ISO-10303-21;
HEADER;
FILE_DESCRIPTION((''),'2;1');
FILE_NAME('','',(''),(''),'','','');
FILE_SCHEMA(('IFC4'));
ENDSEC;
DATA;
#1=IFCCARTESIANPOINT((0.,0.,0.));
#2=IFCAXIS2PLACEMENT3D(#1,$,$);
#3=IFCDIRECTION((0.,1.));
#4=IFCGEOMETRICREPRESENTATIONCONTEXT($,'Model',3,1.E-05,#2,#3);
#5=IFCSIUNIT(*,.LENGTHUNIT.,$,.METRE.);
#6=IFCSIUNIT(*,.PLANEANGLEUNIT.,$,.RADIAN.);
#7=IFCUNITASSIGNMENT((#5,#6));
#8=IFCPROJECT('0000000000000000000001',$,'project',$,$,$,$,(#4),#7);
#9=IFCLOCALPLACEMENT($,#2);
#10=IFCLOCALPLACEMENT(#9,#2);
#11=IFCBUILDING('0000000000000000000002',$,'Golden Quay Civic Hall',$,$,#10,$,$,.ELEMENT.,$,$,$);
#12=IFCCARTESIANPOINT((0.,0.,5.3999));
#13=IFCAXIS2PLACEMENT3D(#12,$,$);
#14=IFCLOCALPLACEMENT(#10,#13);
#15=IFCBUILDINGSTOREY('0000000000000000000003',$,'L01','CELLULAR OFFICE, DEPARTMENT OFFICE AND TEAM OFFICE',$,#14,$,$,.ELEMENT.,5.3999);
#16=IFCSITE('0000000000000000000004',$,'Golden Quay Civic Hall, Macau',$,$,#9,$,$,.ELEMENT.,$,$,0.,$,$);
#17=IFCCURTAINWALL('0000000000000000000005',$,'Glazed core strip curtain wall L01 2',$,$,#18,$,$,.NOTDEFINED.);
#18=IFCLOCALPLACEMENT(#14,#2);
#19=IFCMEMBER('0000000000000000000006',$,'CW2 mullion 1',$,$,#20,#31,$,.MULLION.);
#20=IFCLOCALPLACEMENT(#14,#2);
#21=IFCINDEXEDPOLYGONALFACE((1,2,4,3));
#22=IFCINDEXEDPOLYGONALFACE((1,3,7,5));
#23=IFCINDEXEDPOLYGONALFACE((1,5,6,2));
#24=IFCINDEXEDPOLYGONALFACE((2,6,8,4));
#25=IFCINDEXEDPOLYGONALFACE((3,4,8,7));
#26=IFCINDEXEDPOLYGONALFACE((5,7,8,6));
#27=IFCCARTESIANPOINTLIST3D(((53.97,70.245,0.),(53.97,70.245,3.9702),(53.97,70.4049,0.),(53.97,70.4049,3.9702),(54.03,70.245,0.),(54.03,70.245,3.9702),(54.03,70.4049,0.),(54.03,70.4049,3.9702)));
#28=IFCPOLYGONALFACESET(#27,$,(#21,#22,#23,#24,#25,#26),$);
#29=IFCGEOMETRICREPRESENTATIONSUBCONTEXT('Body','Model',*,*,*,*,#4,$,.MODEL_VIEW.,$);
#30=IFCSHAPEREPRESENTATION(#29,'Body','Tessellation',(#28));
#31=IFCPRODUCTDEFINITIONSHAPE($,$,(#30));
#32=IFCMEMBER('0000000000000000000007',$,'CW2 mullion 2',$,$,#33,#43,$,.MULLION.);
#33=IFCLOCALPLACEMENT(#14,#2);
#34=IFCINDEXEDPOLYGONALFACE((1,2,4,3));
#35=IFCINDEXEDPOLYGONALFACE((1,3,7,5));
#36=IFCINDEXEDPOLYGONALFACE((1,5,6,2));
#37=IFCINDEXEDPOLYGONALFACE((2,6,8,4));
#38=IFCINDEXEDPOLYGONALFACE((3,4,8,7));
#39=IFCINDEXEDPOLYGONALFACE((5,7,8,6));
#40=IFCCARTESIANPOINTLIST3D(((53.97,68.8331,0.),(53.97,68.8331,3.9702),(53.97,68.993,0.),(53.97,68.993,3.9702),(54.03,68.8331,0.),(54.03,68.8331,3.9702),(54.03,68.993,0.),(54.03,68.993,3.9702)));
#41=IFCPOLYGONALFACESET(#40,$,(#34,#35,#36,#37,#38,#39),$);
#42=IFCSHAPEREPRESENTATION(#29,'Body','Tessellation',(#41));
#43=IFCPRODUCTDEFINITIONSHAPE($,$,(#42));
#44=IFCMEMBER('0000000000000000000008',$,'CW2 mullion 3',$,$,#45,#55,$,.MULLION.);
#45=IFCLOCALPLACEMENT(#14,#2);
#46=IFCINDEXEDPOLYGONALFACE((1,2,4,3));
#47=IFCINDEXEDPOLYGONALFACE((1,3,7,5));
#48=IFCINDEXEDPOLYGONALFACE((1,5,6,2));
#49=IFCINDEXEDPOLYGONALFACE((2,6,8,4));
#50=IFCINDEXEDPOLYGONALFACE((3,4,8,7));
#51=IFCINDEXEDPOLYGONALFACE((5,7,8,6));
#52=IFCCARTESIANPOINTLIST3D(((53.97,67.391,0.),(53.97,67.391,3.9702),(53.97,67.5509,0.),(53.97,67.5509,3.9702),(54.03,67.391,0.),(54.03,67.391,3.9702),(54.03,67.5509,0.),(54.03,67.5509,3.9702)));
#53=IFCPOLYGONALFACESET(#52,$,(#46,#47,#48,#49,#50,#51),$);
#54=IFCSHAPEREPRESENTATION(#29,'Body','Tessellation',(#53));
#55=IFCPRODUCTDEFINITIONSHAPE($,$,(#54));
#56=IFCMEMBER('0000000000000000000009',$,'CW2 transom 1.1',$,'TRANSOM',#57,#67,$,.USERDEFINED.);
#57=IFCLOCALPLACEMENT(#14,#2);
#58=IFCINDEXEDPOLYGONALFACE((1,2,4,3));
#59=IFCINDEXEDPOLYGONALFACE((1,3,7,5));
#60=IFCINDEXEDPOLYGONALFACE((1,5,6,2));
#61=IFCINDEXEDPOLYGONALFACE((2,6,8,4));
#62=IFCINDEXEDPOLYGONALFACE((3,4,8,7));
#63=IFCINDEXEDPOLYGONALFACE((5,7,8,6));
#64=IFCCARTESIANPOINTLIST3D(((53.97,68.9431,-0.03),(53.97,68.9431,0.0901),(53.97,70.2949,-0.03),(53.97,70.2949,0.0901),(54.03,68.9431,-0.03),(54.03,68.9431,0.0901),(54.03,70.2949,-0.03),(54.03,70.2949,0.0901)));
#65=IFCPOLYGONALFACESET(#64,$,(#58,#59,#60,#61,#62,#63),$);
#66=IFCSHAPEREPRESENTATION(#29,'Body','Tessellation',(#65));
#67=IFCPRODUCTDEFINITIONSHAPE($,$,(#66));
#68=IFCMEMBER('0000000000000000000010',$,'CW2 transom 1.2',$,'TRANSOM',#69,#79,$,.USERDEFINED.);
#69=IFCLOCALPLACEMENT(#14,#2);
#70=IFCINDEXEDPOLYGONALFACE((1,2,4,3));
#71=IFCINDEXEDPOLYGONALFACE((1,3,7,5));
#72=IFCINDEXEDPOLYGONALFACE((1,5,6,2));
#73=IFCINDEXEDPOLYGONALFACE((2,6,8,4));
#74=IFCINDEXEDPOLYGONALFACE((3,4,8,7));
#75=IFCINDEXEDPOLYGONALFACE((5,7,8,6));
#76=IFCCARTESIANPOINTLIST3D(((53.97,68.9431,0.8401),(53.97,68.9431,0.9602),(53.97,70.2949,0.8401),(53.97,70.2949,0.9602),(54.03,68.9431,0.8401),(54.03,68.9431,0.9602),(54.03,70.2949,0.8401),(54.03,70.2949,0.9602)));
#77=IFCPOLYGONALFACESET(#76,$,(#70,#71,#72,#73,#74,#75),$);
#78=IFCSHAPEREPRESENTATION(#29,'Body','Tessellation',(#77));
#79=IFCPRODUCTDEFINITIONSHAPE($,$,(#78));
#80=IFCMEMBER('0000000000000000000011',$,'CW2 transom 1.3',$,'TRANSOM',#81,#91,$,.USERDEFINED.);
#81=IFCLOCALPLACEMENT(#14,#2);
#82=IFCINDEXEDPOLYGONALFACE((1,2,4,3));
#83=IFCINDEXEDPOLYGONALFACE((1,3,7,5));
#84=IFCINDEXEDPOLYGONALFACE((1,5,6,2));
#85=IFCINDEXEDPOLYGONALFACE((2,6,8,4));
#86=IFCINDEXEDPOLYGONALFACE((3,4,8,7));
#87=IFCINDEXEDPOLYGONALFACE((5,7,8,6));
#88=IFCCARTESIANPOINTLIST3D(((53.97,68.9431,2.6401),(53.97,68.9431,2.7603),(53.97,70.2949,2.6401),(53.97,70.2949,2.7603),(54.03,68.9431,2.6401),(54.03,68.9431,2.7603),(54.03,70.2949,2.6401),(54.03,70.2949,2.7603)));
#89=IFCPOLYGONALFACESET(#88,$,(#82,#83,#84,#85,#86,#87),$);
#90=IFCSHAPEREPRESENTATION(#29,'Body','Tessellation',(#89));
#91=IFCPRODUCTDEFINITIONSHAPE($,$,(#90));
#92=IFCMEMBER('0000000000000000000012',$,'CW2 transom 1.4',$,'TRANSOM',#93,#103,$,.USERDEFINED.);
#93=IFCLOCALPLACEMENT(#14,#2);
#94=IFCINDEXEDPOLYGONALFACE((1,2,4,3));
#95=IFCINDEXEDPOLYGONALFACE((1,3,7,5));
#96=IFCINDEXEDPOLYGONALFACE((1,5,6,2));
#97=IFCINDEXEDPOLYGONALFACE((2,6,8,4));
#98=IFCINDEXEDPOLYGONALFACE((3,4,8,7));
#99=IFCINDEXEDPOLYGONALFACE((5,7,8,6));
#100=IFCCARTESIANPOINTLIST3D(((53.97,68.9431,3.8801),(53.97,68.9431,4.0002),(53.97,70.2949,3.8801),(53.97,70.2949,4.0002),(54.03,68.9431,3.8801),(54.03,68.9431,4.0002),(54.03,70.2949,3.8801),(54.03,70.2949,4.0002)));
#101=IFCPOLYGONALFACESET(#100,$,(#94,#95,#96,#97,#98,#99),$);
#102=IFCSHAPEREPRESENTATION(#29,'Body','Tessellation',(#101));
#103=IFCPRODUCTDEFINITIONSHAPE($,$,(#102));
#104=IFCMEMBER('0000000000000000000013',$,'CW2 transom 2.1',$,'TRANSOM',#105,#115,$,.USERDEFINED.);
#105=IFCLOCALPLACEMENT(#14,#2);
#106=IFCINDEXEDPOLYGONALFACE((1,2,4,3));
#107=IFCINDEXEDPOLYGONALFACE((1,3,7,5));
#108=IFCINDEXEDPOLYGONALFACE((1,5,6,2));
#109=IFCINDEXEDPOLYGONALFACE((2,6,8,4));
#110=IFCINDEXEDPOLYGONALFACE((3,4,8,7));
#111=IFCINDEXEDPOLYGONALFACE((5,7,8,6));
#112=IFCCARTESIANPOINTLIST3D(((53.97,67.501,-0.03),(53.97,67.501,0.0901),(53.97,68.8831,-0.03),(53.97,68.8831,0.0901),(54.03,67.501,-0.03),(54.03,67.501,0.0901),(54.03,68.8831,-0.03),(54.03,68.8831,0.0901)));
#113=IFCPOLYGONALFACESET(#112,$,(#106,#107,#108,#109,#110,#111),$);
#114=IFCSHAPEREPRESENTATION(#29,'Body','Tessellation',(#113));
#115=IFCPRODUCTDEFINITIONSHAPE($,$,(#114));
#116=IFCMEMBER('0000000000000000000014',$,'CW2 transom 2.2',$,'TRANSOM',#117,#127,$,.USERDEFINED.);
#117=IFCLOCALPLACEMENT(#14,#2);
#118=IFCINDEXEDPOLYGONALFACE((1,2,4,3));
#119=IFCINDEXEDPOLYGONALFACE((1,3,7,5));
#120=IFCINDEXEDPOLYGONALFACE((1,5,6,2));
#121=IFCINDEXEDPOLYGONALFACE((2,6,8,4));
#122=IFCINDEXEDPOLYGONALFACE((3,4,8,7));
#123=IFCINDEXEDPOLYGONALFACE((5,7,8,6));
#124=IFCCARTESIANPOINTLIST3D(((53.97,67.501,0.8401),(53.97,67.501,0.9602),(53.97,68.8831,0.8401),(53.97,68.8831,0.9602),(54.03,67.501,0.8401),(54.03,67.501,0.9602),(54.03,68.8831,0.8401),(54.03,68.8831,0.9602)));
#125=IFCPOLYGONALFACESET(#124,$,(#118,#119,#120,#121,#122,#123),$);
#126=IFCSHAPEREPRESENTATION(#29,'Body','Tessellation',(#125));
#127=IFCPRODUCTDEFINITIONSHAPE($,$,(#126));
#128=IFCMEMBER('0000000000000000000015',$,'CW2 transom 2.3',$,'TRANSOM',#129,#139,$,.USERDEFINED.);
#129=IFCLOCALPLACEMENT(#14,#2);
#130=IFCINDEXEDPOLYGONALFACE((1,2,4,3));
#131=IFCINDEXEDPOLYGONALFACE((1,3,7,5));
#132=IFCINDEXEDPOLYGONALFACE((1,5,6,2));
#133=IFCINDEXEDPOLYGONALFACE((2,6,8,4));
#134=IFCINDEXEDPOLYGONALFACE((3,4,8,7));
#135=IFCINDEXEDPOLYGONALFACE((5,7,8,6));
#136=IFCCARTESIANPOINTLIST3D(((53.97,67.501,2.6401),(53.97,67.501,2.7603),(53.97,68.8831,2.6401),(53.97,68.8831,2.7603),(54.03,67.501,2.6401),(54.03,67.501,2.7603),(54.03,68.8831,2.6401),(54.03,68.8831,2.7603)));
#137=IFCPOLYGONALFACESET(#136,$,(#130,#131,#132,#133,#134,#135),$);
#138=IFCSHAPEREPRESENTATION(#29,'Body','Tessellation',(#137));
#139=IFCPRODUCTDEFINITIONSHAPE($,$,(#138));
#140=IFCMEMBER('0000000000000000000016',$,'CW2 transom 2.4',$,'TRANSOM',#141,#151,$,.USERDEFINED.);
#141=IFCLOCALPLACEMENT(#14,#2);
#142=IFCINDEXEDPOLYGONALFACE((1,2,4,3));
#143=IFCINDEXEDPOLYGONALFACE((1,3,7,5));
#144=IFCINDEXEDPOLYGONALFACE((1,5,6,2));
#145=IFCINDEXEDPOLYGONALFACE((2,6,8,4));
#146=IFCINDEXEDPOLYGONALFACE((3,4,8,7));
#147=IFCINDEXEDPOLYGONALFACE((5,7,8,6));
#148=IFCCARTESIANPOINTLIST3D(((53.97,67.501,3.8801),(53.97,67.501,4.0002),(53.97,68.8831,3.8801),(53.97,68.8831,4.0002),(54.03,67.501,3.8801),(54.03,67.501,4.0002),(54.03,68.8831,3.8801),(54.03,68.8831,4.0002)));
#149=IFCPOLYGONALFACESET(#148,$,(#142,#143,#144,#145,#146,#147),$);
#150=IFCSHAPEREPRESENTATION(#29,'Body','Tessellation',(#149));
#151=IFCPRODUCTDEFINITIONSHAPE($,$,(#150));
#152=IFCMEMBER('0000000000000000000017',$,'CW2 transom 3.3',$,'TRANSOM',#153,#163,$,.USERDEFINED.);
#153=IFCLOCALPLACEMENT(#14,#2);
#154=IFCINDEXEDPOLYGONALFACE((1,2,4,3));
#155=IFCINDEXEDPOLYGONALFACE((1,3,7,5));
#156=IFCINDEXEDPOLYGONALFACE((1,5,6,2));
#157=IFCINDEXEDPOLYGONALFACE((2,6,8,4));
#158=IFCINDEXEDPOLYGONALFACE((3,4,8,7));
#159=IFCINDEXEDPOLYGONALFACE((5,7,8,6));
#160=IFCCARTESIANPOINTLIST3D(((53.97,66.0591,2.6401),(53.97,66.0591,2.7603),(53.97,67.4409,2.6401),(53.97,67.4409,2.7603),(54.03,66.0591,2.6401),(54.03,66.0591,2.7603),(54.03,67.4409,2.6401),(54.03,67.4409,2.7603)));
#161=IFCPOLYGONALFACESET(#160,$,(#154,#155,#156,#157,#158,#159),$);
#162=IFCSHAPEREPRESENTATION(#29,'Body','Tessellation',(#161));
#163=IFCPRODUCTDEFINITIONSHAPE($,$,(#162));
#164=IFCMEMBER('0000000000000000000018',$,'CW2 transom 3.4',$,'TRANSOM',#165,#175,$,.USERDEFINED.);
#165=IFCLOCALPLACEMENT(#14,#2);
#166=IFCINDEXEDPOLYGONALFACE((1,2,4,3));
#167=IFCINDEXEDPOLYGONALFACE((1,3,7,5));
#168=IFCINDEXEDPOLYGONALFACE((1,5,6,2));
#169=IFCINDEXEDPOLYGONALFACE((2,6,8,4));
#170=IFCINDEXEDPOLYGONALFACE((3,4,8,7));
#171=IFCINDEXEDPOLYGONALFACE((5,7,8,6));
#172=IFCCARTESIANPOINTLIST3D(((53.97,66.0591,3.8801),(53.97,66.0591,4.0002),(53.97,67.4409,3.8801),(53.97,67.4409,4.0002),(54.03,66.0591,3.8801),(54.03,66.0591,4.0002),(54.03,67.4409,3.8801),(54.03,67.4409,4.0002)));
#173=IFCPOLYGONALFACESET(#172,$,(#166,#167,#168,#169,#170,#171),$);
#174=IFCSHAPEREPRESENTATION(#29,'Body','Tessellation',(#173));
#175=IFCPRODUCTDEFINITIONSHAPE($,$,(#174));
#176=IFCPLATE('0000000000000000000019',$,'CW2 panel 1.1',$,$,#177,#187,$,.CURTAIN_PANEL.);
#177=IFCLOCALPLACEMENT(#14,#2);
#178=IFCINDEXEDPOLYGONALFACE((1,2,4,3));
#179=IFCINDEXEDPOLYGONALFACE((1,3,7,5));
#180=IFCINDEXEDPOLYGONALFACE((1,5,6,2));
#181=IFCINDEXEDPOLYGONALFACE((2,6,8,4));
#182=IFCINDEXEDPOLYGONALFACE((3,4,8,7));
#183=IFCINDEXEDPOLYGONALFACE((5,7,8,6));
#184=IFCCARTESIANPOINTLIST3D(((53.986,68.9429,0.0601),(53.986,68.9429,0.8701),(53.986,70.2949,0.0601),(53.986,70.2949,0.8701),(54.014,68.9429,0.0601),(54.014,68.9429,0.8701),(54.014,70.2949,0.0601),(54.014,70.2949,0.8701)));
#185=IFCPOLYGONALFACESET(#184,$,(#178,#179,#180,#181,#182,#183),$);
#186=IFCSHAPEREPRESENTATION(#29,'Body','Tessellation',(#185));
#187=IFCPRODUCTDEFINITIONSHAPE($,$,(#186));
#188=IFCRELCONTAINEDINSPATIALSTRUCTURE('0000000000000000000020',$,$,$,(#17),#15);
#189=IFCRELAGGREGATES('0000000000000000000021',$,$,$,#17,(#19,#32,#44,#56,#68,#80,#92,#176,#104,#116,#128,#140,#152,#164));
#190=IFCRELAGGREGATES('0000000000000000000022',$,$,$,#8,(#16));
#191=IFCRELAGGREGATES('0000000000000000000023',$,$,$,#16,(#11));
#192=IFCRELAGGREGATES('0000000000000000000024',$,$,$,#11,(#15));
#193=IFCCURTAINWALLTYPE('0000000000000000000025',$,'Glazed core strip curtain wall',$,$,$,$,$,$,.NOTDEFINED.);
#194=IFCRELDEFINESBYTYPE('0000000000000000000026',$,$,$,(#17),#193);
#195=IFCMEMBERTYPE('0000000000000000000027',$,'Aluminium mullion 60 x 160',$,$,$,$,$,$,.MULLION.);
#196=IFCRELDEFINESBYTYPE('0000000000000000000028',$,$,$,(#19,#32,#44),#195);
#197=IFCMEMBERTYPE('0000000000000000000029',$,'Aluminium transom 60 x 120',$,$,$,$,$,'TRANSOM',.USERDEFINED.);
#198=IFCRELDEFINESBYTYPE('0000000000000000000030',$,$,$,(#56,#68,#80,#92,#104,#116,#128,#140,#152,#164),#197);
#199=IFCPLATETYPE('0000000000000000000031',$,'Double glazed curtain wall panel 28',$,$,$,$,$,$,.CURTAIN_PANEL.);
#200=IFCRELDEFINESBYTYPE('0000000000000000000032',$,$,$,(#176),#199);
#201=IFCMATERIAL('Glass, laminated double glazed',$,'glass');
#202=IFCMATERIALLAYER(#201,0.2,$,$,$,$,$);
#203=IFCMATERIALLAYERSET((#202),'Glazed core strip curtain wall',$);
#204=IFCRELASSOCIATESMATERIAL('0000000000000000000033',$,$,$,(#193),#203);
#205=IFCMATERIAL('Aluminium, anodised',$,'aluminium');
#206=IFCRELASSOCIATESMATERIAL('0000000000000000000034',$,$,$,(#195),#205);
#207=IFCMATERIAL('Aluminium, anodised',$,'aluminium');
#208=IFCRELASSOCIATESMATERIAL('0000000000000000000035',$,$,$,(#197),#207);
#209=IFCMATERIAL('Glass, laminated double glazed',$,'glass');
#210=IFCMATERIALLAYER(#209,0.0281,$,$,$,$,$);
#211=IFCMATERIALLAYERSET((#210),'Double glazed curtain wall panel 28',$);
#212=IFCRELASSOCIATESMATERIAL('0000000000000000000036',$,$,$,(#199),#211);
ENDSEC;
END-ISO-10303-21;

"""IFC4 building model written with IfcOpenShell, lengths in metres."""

from ifc_helpers import new_model, si_unit, direction, frame, origin, origin_2d, place, context, subcontext, project, spatial, rectangle, extrude, material, layer, layer_set, material_profile, profile_set, type_object, element, aggregate, save


model = new_model("IFC4")

# Units and contexts
model_context = context("Model", 3, precision=1e-05, world=origin(), true_north=direction((0.0, 1.0)))
body_context = subcontext(model_context, "Body", "Model", "MODEL_VIEW")
ifc_project = project(units=[si_unit("LENGTHUNIT", "METRE"), si_unit("PLANEANGLEUNIT", "RADIAN")], contexts=[model_context])

# Site, building, storey
site_placement = place(None, origin())
site = spatial("IfcSite", under=ifc_project, at=site_placement, Name="Golden Quay Civic Hall, Macau", CompositionType="ELEMENT", RefElevation=0.0)
building_placement = place(site_placement, origin())
building = spatial("IfcBuilding", under=site, at=building_placement, Name="Golden Quay Civic Hall", CompositionType="ELEMENT")
storey_placement = place(building_placement, frame((0.0, 0.0, 5.3999)))
storey = spatial("IfcBuildingStorey", under=building, at=storey_placement, Name="L01", Description="CELLULAR OFFICE, DEPARTMENT OFFICE AND TEAM OFFICE", CompositionType="ELEMENT", Elevation=5.3999)

# Curtain wall, members, plate
ifc_material_1 = material(Name="Glass, laminated double glazed", Category="glass")
ifc_layer_1 = layer(ifc_material_1, 0.2)
ifc_layer_set_1 = layer_set([ifc_layer_1], Name="Glazed core strip curtain wall")
curtain_wall_type = type_object("IfcCurtainWallType", Name="Glazed core strip curtain wall", PredefinedType="NOTDEFINED", material=ifc_layer_set_1)
curtain_wall_placement = place(storey_placement, origin())
curtain_wall = element("IfcCurtainWall", 1, at=curtain_wall_placement, inside=storey, type_object=curtain_wall_type, Name="Glazed core strip curtain wall L01 2", PredefinedType="NOTDEFINED")
ifc_material_2 = material(Name="Aluminium, anodised", Category="aluminium")
ifc_material_profile_1 = material_profile(ifc_material_2, rectangle(XDim=0.0601, YDim=0.1599, at=origin_2d()), Name="Aluminium 60 x 160")
ifc_profile_set_1 = profile_set([ifc_material_profile_1], Name="Aluminium, anodised")
member_type_1 = type_object("IfcMemberType", Name="Aluminium mullion 60 x 160", PredefinedType="MULLION", material=ifc_profile_set_1)
member_1_placement = place(storey_placement, frame((54.0, 70.325, 0.0), z_axis=(0.0, 0.0, 1.0), x_axis=(1.0, 0.0, 0.0)))
member_1 = element("IfcMember", 2, at=member_1_placement, type_object=member_type_1, Name="CW2 mullion 1", PredefinedType="MULLION", context=body_context, shape_type="SweptSolid", body=[
    extrude(rectangle(XDim=0.0601, YDim=0.1599, at=origin_2d()), origin(), (0.0, 0.0, 1.0), 3.9702),
])
member_2_placement = place(storey_placement, frame((54.0, 68.9131, 0.0), z_axis=(0.0, 0.0, 1.0), x_axis=(1.0, 0.0, 0.0)))
member_2 = element("IfcMember", 3, at=member_2_placement, type_object=member_type_1, Name="CW2 mullion 2", PredefinedType="MULLION", context=body_context, shape_type="SweptSolid", body=[
    extrude(rectangle(XDim=0.0601, YDim=0.1599, at=origin_2d()), origin(), (0.0, 0.0, 1.0), 3.9702),
])
member_3_placement = place(storey_placement, frame((54.0, 67.4709, 0.0), z_axis=(0.0, 0.0, 1.0), x_axis=(1.0, 0.0, 0.0)))
member_3 = element("IfcMember", 4, at=member_3_placement, type_object=member_type_1, Name="CW2 mullion 3", PredefinedType="MULLION", context=body_context, shape_type="SweptSolid", body=[
    extrude(rectangle(XDim=0.0601, YDim=0.1599, at=origin_2d()), origin(), (0.0, 0.0, 1.0), 3.9702),
])
ifc_material_3 = material(Name="Aluminium, anodised", Category="aluminium")
ifc_material_profile_2 = material_profile(ifc_material_3, rectangle(XDim=0.0601, YDim=0.1201, at=origin_2d()), Name="Aluminium 60 x 120")
ifc_profile_set_2 = profile_set([ifc_material_profile_2], Name="Aluminium, anodised")
member_type_2 = type_object("IfcMemberType", Name="Aluminium transom 60 x 120", ElementType="TRANSOM", PredefinedType="USERDEFINED", material=ifc_profile_set_2)
member_4_placement = place(storey_placement, frame((54.0, 70.2949, 0.03), z_axis=(0.0, -1.0, 0.0), x_axis=(1.0, 0.0, 0.0)))
member_4 = element("IfcMember", 5, at=member_4_placement, type_object=member_type_2, Name="CW2 transom 1.1", ObjectType="TRANSOM", PredefinedType="USERDEFINED", context=body_context, shape_type="SweptSolid", body=[
    extrude(rectangle(XDim=0.0601, YDim=0.1201, at=origin_2d()), origin(), (0.0, 0.0, 1.0), 1.3518),
])
member_5_placement = place(storey_placement, frame((54.0, 70.2949, 0.9001), z_axis=(0.0, -1.0, 0.0), x_axis=(1.0, 0.0, 0.0)))
member_5 = element("IfcMember", 6, at=member_5_placement, type_object=member_type_2, Name="CW2 transom 1.2", ObjectType="TRANSOM", PredefinedType="USERDEFINED", context=body_context, shape_type="SweptSolid", body=[
    extrude(rectangle(XDim=0.0601, YDim=0.1201, at=origin_2d()), origin(), (0.0, 0.0, 1.0), 1.3518),
])
member_6_placement = place(storey_placement, frame((54.0, 70.2949, 2.7002), z_axis=(0.0, -1.0, 0.0), x_axis=(1.0, 0.0, 0.0)))
member_6 = element("IfcMember", 7, at=member_6_placement, type_object=member_type_2, Name="CW2 transom 1.3", ObjectType="TRANSOM", PredefinedType="USERDEFINED", context=body_context, shape_type="SweptSolid", body=[
    extrude(rectangle(XDim=0.0601, YDim=0.1201, at=origin_2d()), origin(), (0.0, 0.0, 1.0), 1.3518),
])
member_7_placement = place(storey_placement, frame((54.0, 70.2949, 3.9402), z_axis=(0.0, -1.0, 0.0), x_axis=(1.0, 0.0, 0.0)))
member_7 = element("IfcMember", 8, at=member_7_placement, type_object=member_type_2, Name="CW2 transom 1.4", ObjectType="TRANSOM", PredefinedType="USERDEFINED", context=body_context, shape_type="SweptSolid", body=[
    extrude(rectangle(XDim=0.0601, YDim=0.1201, at=origin_2d()), origin(), (0.0, 0.0, 1.0), 1.3518),
])
member_8_placement = place(storey_placement, frame((54.0, 68.8831, 0.03), z_axis=(0.0, -1.0, 0.0), x_axis=(1.0, 0.0, 0.0)))
member_8 = element("IfcMember", 9, at=member_8_placement, type_object=member_type_2, Name="CW2 transom 2.1", ObjectType="TRANSOM", PredefinedType="USERDEFINED", context=body_context, shape_type="SweptSolid", body=[
    extrude(rectangle(XDim=0.0601, YDim=0.1201, at=origin_2d()), origin(), (0.0, 0.0, 1.0), 1.3821),
])
member_9_placement = place(storey_placement, frame((54.0, 68.8831, 0.9001), z_axis=(0.0, -1.0, 0.0), x_axis=(1.0, 0.0, 0.0)))
member_9 = element("IfcMember", 10, at=member_9_placement, type_object=member_type_2, Name="CW2 transom 2.2", ObjectType="TRANSOM", PredefinedType="USERDEFINED", context=body_context, shape_type="SweptSolid", body=[
    extrude(rectangle(XDim=0.0601, YDim=0.1201, at=origin_2d()), origin(), (0.0, 0.0, 1.0), 1.3821),
])
member_10_placement = place(storey_placement, frame((54.0, 68.8831, 2.7002), z_axis=(0.0, -1.0, 0.0), x_axis=(1.0, 0.0, 0.0)))
member_10 = element("IfcMember", 11, at=member_10_placement, type_object=member_type_2, Name="CW2 transom 2.3", ObjectType="TRANSOM", PredefinedType="USERDEFINED", context=body_context, shape_type="SweptSolid", body=[
    extrude(rectangle(XDim=0.0601, YDim=0.1201, at=origin_2d()), origin(), (0.0, 0.0, 1.0), 1.3821),
])
member_11_placement = place(storey_placement, frame((54.0, 68.8831, 3.9402), z_axis=(0.0, -1.0, 0.0), x_axis=(1.0, 0.0, 0.0)))
member_11 = element("IfcMember", 12, at=member_11_placement, type_object=member_type_2, Name="CW2 transom 2.4", ObjectType="TRANSOM", PredefinedType="USERDEFINED", context=body_context, shape_type="SweptSolid", body=[
    extrude(rectangle(XDim=0.0601, YDim=0.1201, at=origin_2d()), origin(), (0.0, 0.0, 1.0), 1.3821),
])
member_12_placement = place(storey_placement, frame((54.0, 67.4409, 2.7002), z_axis=(0.0, -1.0, 0.0), x_axis=(1.0, 0.0, 0.0)))
member_12 = element("IfcMember", 13, at=member_12_placement, type_object=member_type_2, Name="CW2 transom 3.3", ObjectType="TRANSOM", PredefinedType="USERDEFINED", context=body_context, shape_type="SweptSolid", body=[
    extrude(rectangle(XDim=0.0601, YDim=0.1201, at=origin_2d()), origin(), (0.0, 0.0, 1.0), 1.3818),
])
member_13_placement = place(storey_placement, frame((54.0, 67.4409, 3.9402), z_axis=(0.0, -1.0, 0.0), x_axis=(1.0, 0.0, 0.0)))
member_13 = element("IfcMember", 14, at=member_13_placement, type_object=member_type_2, Name="CW2 transom 3.4", ObjectType="TRANSOM", PredefinedType="USERDEFINED", context=body_context, shape_type="SweptSolid", body=[
    extrude(rectangle(XDim=0.0601, YDim=0.1201, at=origin_2d()), origin(), (0.0, 0.0, 1.0), 1.3818),
])
ifc_material_4 = material(Name="Glass, laminated double glazed", Category="glass")
ifc_layer_2 = layer(ifc_material_4, 0.0281)
ifc_layer_set_2 = layer_set([ifc_layer_2], Name="Double glazed curtain wall panel 28")
plate_type = type_object("IfcPlateType", Name="Double glazed curtain wall panel 28", PredefinedType="CURTAIN_PANEL", material=ifc_layer_set_2)
plate_1_placement = place(storey_placement, frame((54.0, 69.6189, 0.0601), z_axis=(0.0, 0.0, 1.0), x_axis=(0.0, -1.0, 0.0)))
plate_1 = element("IfcPlate", 15, at=plate_1_placement, type_object=plate_type, Name="CW2 panel 1.1", PredefinedType="CURTAIN_PANEL", context=body_context, shape_type="SweptSolid", body=[
    extrude(rectangle(XDim=1.3521, YDim=0.0281, at=origin_2d()), origin(), (0.0, 0.0, 1.0), 0.8101),
])
aggregate(curtain_wall, [member_1, member_2, member_3, member_4, member_5, member_6, member_7, plate_1, member_8, member_9, member_10, member_11, member_12, member_13])

save(model, "model.ifc")
